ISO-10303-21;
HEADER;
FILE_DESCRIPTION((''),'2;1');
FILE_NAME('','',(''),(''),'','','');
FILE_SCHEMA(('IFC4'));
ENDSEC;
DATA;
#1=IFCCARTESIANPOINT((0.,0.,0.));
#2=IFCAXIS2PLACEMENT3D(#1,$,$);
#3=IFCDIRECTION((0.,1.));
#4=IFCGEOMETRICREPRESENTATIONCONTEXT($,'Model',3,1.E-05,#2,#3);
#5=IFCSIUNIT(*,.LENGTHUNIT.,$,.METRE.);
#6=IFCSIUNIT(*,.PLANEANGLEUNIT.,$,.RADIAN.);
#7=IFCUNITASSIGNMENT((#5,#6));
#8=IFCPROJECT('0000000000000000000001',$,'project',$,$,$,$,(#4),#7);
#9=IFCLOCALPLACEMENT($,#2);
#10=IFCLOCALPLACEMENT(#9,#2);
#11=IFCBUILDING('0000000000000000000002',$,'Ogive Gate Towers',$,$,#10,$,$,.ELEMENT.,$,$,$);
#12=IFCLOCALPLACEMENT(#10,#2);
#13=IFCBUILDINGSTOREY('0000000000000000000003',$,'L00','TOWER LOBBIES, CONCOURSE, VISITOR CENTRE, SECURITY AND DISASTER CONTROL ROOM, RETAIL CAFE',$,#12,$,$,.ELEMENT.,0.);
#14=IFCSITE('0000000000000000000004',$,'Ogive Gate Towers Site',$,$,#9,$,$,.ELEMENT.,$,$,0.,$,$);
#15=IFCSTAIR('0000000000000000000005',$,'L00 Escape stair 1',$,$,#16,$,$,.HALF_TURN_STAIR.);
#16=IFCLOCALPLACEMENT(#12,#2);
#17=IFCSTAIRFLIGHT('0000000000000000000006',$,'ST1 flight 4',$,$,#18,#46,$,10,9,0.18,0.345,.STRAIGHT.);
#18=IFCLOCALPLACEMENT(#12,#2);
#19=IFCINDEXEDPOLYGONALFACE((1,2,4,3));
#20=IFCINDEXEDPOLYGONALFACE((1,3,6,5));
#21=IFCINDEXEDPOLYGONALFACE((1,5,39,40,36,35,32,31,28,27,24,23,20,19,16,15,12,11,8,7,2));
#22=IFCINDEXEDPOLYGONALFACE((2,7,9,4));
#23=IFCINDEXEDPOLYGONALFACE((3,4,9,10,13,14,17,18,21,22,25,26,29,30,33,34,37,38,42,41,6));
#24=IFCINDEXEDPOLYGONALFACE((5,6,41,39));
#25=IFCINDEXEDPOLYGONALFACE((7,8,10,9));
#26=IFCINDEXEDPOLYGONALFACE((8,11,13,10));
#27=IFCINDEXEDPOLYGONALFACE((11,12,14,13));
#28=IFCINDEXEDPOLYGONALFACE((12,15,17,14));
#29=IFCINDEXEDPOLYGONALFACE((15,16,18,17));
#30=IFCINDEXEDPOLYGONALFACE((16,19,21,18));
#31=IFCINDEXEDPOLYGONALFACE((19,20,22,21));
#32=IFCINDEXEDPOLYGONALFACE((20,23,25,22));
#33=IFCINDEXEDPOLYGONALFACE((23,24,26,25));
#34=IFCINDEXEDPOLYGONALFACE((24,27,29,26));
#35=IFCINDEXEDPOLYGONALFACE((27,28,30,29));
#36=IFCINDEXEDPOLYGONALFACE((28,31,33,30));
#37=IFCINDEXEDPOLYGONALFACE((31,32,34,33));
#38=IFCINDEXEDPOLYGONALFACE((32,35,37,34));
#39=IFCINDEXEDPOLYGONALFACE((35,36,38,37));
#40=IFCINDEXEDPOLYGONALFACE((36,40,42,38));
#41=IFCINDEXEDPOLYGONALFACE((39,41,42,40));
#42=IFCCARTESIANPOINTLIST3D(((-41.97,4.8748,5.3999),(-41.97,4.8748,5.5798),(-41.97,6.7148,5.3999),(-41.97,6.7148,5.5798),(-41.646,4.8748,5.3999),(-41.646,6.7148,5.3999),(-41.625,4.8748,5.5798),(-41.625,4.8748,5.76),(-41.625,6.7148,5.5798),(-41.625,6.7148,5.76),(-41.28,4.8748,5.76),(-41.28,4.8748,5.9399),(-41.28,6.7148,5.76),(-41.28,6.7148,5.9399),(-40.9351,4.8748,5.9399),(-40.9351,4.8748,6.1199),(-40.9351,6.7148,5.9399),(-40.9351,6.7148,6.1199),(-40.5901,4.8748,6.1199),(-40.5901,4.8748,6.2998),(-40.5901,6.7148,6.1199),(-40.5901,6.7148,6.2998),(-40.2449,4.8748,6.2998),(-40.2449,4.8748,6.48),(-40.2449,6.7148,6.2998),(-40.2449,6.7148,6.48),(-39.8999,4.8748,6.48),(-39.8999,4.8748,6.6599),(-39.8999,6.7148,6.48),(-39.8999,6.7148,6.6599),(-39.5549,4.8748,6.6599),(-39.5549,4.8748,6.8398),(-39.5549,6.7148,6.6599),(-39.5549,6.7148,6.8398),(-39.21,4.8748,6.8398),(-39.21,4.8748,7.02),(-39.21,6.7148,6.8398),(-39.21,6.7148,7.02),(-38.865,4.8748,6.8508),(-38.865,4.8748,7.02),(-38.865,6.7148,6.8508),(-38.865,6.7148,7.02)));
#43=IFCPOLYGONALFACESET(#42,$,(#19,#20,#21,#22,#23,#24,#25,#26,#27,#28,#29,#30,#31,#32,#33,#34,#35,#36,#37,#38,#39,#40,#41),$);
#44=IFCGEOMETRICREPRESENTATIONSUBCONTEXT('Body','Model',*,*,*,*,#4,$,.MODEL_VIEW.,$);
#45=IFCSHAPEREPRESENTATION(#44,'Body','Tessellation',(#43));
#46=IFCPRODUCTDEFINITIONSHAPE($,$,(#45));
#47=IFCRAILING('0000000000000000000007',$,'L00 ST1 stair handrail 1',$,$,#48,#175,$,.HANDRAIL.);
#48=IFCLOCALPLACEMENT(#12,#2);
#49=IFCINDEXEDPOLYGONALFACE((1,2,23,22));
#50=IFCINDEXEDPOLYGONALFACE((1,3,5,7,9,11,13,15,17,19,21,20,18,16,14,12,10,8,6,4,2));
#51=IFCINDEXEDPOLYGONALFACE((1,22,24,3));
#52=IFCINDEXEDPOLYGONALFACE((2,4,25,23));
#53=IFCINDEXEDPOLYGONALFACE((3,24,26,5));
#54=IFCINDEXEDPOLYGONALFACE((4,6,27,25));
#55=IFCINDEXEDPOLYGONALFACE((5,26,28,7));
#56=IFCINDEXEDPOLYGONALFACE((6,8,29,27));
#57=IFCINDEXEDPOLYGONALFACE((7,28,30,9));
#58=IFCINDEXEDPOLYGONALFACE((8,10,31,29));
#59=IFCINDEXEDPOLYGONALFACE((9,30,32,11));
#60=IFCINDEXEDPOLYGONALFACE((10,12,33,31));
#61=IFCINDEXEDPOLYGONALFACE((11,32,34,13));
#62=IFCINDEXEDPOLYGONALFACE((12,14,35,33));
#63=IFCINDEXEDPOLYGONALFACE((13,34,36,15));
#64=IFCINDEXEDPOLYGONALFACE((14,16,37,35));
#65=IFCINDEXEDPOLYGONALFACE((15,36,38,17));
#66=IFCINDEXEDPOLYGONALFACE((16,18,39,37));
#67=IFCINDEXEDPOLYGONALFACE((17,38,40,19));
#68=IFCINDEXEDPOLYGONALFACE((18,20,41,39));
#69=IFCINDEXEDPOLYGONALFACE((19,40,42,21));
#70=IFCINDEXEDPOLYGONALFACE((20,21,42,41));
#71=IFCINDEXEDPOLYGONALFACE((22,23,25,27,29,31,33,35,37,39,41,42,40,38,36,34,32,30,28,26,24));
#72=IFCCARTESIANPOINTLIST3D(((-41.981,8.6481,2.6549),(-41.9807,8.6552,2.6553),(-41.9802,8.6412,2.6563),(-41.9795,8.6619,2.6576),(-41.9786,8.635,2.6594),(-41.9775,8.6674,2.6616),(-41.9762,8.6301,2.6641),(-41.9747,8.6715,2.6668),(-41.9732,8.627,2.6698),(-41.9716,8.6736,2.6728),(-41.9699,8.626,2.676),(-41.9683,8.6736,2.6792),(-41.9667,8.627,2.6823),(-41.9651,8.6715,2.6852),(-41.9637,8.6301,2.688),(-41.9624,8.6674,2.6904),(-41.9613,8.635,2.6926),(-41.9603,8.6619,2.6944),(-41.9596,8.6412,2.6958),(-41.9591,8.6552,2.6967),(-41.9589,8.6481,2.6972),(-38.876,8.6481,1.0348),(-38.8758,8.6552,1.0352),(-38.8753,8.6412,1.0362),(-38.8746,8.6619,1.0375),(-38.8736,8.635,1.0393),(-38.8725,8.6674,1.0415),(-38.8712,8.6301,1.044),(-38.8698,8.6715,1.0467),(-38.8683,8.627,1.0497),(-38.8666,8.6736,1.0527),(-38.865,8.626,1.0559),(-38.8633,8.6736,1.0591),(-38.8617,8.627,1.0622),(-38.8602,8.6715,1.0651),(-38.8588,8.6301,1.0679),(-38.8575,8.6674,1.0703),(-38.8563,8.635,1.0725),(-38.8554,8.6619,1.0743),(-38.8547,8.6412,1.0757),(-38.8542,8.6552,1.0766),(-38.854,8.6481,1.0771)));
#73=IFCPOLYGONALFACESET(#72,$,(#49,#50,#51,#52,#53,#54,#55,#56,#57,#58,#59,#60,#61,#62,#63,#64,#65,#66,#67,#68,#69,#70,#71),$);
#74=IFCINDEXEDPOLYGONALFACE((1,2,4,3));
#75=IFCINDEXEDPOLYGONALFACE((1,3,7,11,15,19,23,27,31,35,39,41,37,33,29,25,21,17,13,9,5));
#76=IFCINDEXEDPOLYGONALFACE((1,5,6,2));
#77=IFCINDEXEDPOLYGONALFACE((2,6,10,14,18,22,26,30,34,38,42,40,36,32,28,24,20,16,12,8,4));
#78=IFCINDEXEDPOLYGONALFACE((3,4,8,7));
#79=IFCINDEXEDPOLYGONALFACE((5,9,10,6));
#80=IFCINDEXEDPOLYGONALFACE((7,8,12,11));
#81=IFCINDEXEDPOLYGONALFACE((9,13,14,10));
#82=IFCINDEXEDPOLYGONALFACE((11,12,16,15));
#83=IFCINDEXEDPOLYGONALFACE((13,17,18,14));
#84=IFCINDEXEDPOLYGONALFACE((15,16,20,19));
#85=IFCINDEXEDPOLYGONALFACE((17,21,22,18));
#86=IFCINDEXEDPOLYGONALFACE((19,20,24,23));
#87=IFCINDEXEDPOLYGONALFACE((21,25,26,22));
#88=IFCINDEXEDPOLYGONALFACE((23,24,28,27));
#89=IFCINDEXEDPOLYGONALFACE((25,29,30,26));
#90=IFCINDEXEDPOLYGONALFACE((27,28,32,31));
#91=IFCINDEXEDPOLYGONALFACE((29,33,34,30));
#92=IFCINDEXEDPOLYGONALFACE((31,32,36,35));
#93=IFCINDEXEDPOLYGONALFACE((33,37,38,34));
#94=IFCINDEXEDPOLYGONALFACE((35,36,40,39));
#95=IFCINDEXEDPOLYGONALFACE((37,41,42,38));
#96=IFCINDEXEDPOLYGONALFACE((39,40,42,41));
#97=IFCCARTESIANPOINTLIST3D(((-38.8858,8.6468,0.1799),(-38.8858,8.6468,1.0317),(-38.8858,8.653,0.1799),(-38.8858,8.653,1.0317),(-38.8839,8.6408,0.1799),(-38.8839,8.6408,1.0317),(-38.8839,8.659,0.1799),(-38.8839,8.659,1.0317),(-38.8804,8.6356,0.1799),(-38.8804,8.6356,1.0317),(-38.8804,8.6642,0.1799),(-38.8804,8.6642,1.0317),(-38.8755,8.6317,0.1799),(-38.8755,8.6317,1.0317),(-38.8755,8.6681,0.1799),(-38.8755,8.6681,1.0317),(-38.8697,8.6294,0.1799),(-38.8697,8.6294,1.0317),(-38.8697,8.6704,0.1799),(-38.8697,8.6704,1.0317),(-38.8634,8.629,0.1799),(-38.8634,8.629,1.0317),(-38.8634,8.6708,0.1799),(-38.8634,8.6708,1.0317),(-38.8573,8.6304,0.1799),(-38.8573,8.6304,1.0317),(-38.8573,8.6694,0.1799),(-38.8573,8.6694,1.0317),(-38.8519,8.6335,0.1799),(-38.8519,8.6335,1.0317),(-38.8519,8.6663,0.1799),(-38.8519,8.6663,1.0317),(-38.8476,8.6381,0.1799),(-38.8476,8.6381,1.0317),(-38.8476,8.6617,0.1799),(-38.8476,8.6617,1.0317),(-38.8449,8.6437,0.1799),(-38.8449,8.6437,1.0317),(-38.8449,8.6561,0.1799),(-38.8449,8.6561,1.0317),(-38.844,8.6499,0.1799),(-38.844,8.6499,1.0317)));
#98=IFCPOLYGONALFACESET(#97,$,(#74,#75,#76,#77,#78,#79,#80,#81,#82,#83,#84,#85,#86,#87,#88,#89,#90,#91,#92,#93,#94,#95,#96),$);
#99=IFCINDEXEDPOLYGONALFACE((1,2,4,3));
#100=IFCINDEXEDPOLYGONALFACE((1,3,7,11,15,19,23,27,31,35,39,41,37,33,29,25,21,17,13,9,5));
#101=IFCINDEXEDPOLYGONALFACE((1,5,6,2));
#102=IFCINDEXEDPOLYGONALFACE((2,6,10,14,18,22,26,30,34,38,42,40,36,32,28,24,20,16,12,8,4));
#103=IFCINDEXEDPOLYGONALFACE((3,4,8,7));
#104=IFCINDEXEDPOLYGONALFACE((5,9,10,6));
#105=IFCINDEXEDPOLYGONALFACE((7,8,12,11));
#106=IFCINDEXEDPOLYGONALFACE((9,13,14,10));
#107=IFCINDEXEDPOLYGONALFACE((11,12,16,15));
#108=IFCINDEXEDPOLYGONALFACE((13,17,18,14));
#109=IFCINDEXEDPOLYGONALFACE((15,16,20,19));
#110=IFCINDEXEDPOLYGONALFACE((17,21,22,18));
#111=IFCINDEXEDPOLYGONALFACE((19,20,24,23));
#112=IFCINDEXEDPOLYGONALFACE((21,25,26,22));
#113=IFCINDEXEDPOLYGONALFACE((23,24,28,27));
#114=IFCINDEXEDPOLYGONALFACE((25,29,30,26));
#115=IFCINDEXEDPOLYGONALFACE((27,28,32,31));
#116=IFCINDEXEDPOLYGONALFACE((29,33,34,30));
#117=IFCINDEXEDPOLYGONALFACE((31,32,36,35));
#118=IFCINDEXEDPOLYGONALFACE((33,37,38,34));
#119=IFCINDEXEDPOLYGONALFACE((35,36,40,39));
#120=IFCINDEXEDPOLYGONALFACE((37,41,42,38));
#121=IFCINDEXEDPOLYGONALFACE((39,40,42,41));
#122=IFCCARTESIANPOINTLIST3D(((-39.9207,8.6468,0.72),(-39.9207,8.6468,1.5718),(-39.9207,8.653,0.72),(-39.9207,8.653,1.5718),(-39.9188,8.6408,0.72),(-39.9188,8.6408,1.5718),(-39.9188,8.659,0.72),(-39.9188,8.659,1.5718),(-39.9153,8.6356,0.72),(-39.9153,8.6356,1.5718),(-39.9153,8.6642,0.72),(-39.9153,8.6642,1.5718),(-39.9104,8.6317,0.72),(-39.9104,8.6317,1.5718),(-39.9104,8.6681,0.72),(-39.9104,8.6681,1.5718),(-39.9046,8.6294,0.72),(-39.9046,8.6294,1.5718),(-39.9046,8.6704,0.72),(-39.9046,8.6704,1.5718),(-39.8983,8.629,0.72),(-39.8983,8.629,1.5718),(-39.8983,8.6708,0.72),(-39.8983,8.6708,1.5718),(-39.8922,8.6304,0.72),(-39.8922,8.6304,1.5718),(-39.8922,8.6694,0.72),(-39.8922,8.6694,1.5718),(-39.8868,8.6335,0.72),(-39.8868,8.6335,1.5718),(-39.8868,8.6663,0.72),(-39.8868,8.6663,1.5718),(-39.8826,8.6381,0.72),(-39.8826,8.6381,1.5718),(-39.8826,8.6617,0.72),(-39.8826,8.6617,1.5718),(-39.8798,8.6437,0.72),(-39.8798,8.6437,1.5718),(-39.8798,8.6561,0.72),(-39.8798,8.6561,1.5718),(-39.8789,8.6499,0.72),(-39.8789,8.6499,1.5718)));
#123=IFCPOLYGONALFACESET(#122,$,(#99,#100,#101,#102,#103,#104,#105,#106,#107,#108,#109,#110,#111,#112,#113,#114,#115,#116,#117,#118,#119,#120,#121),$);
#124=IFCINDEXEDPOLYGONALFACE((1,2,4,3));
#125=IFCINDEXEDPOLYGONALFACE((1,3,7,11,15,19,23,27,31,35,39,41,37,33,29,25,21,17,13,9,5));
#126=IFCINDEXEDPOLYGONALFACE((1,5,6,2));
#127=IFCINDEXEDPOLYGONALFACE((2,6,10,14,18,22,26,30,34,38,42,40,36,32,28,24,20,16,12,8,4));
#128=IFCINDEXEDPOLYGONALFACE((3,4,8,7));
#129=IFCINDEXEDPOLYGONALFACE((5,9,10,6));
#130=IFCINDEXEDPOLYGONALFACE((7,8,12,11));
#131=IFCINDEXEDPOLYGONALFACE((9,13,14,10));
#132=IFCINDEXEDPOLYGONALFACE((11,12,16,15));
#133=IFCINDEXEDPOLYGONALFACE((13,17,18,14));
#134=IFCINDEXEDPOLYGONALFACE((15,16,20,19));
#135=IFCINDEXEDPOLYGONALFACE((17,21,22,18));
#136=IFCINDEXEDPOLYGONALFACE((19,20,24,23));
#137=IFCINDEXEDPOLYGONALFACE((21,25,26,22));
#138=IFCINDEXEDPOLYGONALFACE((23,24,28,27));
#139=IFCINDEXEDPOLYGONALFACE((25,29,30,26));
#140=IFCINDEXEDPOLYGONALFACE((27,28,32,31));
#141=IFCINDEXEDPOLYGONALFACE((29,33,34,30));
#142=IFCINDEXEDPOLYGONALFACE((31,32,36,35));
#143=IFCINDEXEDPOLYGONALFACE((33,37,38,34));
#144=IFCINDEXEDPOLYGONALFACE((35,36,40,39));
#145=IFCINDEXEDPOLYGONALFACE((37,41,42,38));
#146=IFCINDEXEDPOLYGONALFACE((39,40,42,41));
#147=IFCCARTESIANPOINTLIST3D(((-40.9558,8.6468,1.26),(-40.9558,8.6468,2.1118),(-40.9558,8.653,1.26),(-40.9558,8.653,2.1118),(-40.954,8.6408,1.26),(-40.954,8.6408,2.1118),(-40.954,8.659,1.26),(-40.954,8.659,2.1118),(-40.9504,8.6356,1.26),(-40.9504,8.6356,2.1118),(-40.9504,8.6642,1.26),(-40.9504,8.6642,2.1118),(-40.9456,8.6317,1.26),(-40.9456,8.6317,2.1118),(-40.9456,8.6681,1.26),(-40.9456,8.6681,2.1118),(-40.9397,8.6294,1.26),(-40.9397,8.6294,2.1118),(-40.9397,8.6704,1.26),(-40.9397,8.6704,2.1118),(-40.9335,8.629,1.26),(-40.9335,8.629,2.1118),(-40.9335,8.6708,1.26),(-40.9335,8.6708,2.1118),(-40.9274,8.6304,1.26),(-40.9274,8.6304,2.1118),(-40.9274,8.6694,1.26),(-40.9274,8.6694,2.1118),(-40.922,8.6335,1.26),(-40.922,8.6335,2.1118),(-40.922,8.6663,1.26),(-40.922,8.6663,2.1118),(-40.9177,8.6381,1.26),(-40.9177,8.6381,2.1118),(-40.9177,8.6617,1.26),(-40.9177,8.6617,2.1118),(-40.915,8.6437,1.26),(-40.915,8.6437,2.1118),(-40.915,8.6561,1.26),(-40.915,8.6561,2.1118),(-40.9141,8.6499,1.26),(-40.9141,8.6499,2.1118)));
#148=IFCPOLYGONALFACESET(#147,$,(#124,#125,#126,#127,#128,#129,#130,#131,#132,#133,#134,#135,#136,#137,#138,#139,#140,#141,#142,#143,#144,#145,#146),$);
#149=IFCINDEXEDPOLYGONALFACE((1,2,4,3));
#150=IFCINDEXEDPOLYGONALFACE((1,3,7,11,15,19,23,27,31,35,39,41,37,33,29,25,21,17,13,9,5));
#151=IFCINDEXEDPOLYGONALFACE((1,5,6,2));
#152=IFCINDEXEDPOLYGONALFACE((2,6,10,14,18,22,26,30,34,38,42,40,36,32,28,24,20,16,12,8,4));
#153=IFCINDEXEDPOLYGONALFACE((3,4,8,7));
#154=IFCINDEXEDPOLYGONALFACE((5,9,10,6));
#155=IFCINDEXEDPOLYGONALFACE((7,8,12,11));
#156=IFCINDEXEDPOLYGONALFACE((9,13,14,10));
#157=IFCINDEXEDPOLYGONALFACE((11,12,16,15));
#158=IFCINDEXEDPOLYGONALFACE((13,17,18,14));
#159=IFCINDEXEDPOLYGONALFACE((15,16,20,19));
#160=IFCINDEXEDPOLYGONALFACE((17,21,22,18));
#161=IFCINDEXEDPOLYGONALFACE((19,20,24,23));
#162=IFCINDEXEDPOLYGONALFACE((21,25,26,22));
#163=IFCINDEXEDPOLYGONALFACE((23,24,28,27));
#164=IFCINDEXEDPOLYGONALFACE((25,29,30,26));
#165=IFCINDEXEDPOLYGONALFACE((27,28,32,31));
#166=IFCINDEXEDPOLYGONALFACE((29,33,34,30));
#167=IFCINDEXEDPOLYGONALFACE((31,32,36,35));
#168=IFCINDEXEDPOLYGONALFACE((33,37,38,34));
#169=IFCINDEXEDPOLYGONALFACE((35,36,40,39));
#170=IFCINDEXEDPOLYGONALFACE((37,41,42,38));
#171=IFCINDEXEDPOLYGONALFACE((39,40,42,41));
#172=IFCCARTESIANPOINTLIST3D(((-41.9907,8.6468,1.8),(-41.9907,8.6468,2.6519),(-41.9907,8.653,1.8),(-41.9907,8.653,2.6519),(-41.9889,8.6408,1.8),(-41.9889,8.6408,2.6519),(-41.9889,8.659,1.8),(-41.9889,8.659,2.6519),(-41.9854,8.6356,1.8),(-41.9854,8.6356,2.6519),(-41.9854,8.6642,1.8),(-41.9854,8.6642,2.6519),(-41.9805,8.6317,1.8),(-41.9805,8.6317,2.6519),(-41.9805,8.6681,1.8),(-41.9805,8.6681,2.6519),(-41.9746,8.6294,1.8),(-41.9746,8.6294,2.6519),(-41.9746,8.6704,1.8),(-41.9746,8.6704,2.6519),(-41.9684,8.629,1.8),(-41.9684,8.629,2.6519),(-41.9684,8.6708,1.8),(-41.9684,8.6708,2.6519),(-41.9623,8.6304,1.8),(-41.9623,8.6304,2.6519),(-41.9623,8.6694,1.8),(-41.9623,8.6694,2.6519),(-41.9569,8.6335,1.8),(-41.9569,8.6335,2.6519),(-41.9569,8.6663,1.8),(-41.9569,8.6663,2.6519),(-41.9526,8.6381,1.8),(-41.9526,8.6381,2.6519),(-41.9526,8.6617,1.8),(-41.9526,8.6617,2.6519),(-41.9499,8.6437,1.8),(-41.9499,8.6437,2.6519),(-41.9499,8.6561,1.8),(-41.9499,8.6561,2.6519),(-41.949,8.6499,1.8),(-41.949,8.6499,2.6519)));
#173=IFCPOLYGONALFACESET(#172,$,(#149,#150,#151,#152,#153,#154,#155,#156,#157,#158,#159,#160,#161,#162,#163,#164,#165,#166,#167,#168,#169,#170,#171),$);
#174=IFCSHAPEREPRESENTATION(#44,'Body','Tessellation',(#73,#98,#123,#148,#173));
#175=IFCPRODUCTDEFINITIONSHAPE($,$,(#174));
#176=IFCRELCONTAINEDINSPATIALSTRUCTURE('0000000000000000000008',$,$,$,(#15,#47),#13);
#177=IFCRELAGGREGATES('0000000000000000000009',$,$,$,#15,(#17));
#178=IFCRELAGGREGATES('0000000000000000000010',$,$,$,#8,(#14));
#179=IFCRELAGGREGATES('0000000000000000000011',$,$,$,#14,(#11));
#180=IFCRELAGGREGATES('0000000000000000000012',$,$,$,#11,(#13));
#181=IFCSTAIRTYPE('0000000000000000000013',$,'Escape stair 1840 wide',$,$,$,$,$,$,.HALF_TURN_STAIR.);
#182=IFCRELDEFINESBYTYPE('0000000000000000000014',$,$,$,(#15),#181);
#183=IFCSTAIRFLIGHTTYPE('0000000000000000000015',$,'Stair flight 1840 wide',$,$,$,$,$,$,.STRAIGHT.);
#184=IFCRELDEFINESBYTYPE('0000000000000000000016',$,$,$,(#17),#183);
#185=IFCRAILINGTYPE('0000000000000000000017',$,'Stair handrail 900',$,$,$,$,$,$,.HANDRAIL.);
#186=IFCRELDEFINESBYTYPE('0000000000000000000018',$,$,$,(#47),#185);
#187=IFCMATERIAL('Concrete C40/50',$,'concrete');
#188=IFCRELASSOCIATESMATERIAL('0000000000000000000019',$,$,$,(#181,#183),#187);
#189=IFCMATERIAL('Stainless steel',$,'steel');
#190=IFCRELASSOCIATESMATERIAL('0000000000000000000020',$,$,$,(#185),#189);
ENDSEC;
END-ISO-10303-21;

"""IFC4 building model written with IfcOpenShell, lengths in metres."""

from ifc_helpers import new_model, si_unit, direction, frame, origin, origin_2d, place, context, subcontext, project, spatial, polyline, circle, outline, extrude, material, type_object, element, aggregate, save


model = new_model("IFC4")

# Units and contexts
model_context = context("Model", 3, precision=1e-05, world=origin(), true_north=direction((0.0, 1.0)))
body_context = subcontext(model_context, "Body", "Model", "MODEL_VIEW")
ifc_project = project(units=[si_unit("LENGTHUNIT", "METRE"), si_unit("PLANEANGLEUNIT", "RADIAN")], contexts=[model_context])

# Site, building, storey
site_placement = place(None, origin())
site = spatial("IfcSite", under=ifc_project, at=site_placement, Name="Ogive Gate Towers Site", CompositionType="ELEMENT", RefElevation=0.0)
building_placement = place(site_placement, origin())
building = spatial("IfcBuilding", under=site, at=building_placement, Name="Ogive Gate Towers", CompositionType="ELEMENT")
storey_placement = place(building_placement, origin())
storey = spatial("IfcBuildingStorey", under=building, at=storey_placement, Name="L00", Description="TOWER LOBBIES, CONCOURSE, VISITOR CENTRE, SECURITY AND DISASTER CONTROL ROOM, RETAIL CAFE", CompositionType="ELEMENT", Elevation=0.0)

# Shared definitions
ifc_material_1 = material(Name="Concrete C40/50", Category="concrete")

# Stair, stair flight
stair_type = type_object("IfcStairType", Name="Escape stair 1840 wide", PredefinedType="HALF_TURN_STAIR", material=ifc_material_1)
stair_placement = place(storey_placement, origin())
stair = element("IfcStair", 1, at=stair_placement, inside=storey, type_object=stair_type, Name="L00 Escape stair 1", PredefinedType="HALF_TURN_STAIR")
stair_flight_type = type_object("IfcStairFlightType", Name="Stair flight 1840 wide", PredefinedType="STRAIGHT", material=ifc_material_1)
stair_flight_1_placement = place(storey_placement, frame((-41.97, 5.7949, 5.3999), z_axis=(0.0, 0.0, 1.0), x_axis=(1.0, 0.0, 0.0)))
stair_flight_1 = element("IfcStairFlight", 2, at=stair_flight_1_placement, type_object=stair_flight_type, Name="ST1 flight 4", NumberOfRisers=10, NumberOfTreads=9, PredefinedType="STRAIGHT", RiserHeight=0.18, TreadLength=0.345, context=body_context, shape_type="SweptSolid", body=[
    extrude(outline(polyline([(0.0, 0.0), (0.0, 0.1799), (0.345, 0.1799), (0.345, 0.3601), (0.6899, 0.3601), (0.6899, 0.54), (1.0349, 0.54), (1.0349, 0.72), (1.3799, 0.72), (1.3799, 0.8999), (1.7251, 0.8999), (1.7251, 1.0801), (2.0701, 1.0801), (2.0701, 1.26), (2.415, 1.26), (2.415, 1.4399), (2.76, 1.4399), (2.76, 1.6201), (3.105, 1.6201), (3.105, 1.8), (3.105, 1.4509), (0.324, 0.0), (0.0, 0.0)])), frame((0.0, 0.9199, 0.0), z_axis=(0.0, -1.0, 0.0), x_axis=(1.0, 0.0, 0.0)), (0.0, 0.0, 1.0), 1.8401),
])
aggregate(stair, [stair_flight_1])

# Railing
ifc_material_2 = material(Name="Stainless steel", Category="steel")
railing_type_1 = type_object("IfcRailingType", Name="Stair handrail 900", PredefinedType="HANDRAIL", material=ifc_material_2)
railing_1_placement = place(storey_placement, frame((-38.865, 8.6499, 0.1799)))
element("IfcRailing", 3, at=railing_1_placement, inside=storey, type_object=railing_type_1, Name="L00 ST1 stair handrail 1", PredefinedType="HANDRAIL", context=body_context, shape_type="SweptSolid", body=[
    extrude(circle(Radius=0.0239, at=origin_2d()), frame((0.0, 0.0, 0.876), z_axis=(-0.88657, 0.0, 0.462595), x_axis=(0.0, -1.0, 0.0)), (0.0, 0.0, 1.0), 3.5022),
    extrude(circle(Radius=0.021, at=origin_2d()), origin(), (0.0, 0.0, 1.0), 0.8518),
    extrude(circle(Radius=0.021, at=origin_2d()), frame((-1.0349, 0.0, 0.54)), (0.0, 0.0, 1.0), 0.8518),
    extrude(circle(Radius=0.021, at=origin_2d()), frame((-2.0701, 0.0, 1.0801)), (0.0, 0.0, 1.0), 0.8518),
    extrude(circle(Radius=0.021, at=origin_2d()), frame((-3.105, 0.0, 1.6201)), (0.0, 0.0, 1.0), 0.8518),
])

save(model, "model.ifc")
